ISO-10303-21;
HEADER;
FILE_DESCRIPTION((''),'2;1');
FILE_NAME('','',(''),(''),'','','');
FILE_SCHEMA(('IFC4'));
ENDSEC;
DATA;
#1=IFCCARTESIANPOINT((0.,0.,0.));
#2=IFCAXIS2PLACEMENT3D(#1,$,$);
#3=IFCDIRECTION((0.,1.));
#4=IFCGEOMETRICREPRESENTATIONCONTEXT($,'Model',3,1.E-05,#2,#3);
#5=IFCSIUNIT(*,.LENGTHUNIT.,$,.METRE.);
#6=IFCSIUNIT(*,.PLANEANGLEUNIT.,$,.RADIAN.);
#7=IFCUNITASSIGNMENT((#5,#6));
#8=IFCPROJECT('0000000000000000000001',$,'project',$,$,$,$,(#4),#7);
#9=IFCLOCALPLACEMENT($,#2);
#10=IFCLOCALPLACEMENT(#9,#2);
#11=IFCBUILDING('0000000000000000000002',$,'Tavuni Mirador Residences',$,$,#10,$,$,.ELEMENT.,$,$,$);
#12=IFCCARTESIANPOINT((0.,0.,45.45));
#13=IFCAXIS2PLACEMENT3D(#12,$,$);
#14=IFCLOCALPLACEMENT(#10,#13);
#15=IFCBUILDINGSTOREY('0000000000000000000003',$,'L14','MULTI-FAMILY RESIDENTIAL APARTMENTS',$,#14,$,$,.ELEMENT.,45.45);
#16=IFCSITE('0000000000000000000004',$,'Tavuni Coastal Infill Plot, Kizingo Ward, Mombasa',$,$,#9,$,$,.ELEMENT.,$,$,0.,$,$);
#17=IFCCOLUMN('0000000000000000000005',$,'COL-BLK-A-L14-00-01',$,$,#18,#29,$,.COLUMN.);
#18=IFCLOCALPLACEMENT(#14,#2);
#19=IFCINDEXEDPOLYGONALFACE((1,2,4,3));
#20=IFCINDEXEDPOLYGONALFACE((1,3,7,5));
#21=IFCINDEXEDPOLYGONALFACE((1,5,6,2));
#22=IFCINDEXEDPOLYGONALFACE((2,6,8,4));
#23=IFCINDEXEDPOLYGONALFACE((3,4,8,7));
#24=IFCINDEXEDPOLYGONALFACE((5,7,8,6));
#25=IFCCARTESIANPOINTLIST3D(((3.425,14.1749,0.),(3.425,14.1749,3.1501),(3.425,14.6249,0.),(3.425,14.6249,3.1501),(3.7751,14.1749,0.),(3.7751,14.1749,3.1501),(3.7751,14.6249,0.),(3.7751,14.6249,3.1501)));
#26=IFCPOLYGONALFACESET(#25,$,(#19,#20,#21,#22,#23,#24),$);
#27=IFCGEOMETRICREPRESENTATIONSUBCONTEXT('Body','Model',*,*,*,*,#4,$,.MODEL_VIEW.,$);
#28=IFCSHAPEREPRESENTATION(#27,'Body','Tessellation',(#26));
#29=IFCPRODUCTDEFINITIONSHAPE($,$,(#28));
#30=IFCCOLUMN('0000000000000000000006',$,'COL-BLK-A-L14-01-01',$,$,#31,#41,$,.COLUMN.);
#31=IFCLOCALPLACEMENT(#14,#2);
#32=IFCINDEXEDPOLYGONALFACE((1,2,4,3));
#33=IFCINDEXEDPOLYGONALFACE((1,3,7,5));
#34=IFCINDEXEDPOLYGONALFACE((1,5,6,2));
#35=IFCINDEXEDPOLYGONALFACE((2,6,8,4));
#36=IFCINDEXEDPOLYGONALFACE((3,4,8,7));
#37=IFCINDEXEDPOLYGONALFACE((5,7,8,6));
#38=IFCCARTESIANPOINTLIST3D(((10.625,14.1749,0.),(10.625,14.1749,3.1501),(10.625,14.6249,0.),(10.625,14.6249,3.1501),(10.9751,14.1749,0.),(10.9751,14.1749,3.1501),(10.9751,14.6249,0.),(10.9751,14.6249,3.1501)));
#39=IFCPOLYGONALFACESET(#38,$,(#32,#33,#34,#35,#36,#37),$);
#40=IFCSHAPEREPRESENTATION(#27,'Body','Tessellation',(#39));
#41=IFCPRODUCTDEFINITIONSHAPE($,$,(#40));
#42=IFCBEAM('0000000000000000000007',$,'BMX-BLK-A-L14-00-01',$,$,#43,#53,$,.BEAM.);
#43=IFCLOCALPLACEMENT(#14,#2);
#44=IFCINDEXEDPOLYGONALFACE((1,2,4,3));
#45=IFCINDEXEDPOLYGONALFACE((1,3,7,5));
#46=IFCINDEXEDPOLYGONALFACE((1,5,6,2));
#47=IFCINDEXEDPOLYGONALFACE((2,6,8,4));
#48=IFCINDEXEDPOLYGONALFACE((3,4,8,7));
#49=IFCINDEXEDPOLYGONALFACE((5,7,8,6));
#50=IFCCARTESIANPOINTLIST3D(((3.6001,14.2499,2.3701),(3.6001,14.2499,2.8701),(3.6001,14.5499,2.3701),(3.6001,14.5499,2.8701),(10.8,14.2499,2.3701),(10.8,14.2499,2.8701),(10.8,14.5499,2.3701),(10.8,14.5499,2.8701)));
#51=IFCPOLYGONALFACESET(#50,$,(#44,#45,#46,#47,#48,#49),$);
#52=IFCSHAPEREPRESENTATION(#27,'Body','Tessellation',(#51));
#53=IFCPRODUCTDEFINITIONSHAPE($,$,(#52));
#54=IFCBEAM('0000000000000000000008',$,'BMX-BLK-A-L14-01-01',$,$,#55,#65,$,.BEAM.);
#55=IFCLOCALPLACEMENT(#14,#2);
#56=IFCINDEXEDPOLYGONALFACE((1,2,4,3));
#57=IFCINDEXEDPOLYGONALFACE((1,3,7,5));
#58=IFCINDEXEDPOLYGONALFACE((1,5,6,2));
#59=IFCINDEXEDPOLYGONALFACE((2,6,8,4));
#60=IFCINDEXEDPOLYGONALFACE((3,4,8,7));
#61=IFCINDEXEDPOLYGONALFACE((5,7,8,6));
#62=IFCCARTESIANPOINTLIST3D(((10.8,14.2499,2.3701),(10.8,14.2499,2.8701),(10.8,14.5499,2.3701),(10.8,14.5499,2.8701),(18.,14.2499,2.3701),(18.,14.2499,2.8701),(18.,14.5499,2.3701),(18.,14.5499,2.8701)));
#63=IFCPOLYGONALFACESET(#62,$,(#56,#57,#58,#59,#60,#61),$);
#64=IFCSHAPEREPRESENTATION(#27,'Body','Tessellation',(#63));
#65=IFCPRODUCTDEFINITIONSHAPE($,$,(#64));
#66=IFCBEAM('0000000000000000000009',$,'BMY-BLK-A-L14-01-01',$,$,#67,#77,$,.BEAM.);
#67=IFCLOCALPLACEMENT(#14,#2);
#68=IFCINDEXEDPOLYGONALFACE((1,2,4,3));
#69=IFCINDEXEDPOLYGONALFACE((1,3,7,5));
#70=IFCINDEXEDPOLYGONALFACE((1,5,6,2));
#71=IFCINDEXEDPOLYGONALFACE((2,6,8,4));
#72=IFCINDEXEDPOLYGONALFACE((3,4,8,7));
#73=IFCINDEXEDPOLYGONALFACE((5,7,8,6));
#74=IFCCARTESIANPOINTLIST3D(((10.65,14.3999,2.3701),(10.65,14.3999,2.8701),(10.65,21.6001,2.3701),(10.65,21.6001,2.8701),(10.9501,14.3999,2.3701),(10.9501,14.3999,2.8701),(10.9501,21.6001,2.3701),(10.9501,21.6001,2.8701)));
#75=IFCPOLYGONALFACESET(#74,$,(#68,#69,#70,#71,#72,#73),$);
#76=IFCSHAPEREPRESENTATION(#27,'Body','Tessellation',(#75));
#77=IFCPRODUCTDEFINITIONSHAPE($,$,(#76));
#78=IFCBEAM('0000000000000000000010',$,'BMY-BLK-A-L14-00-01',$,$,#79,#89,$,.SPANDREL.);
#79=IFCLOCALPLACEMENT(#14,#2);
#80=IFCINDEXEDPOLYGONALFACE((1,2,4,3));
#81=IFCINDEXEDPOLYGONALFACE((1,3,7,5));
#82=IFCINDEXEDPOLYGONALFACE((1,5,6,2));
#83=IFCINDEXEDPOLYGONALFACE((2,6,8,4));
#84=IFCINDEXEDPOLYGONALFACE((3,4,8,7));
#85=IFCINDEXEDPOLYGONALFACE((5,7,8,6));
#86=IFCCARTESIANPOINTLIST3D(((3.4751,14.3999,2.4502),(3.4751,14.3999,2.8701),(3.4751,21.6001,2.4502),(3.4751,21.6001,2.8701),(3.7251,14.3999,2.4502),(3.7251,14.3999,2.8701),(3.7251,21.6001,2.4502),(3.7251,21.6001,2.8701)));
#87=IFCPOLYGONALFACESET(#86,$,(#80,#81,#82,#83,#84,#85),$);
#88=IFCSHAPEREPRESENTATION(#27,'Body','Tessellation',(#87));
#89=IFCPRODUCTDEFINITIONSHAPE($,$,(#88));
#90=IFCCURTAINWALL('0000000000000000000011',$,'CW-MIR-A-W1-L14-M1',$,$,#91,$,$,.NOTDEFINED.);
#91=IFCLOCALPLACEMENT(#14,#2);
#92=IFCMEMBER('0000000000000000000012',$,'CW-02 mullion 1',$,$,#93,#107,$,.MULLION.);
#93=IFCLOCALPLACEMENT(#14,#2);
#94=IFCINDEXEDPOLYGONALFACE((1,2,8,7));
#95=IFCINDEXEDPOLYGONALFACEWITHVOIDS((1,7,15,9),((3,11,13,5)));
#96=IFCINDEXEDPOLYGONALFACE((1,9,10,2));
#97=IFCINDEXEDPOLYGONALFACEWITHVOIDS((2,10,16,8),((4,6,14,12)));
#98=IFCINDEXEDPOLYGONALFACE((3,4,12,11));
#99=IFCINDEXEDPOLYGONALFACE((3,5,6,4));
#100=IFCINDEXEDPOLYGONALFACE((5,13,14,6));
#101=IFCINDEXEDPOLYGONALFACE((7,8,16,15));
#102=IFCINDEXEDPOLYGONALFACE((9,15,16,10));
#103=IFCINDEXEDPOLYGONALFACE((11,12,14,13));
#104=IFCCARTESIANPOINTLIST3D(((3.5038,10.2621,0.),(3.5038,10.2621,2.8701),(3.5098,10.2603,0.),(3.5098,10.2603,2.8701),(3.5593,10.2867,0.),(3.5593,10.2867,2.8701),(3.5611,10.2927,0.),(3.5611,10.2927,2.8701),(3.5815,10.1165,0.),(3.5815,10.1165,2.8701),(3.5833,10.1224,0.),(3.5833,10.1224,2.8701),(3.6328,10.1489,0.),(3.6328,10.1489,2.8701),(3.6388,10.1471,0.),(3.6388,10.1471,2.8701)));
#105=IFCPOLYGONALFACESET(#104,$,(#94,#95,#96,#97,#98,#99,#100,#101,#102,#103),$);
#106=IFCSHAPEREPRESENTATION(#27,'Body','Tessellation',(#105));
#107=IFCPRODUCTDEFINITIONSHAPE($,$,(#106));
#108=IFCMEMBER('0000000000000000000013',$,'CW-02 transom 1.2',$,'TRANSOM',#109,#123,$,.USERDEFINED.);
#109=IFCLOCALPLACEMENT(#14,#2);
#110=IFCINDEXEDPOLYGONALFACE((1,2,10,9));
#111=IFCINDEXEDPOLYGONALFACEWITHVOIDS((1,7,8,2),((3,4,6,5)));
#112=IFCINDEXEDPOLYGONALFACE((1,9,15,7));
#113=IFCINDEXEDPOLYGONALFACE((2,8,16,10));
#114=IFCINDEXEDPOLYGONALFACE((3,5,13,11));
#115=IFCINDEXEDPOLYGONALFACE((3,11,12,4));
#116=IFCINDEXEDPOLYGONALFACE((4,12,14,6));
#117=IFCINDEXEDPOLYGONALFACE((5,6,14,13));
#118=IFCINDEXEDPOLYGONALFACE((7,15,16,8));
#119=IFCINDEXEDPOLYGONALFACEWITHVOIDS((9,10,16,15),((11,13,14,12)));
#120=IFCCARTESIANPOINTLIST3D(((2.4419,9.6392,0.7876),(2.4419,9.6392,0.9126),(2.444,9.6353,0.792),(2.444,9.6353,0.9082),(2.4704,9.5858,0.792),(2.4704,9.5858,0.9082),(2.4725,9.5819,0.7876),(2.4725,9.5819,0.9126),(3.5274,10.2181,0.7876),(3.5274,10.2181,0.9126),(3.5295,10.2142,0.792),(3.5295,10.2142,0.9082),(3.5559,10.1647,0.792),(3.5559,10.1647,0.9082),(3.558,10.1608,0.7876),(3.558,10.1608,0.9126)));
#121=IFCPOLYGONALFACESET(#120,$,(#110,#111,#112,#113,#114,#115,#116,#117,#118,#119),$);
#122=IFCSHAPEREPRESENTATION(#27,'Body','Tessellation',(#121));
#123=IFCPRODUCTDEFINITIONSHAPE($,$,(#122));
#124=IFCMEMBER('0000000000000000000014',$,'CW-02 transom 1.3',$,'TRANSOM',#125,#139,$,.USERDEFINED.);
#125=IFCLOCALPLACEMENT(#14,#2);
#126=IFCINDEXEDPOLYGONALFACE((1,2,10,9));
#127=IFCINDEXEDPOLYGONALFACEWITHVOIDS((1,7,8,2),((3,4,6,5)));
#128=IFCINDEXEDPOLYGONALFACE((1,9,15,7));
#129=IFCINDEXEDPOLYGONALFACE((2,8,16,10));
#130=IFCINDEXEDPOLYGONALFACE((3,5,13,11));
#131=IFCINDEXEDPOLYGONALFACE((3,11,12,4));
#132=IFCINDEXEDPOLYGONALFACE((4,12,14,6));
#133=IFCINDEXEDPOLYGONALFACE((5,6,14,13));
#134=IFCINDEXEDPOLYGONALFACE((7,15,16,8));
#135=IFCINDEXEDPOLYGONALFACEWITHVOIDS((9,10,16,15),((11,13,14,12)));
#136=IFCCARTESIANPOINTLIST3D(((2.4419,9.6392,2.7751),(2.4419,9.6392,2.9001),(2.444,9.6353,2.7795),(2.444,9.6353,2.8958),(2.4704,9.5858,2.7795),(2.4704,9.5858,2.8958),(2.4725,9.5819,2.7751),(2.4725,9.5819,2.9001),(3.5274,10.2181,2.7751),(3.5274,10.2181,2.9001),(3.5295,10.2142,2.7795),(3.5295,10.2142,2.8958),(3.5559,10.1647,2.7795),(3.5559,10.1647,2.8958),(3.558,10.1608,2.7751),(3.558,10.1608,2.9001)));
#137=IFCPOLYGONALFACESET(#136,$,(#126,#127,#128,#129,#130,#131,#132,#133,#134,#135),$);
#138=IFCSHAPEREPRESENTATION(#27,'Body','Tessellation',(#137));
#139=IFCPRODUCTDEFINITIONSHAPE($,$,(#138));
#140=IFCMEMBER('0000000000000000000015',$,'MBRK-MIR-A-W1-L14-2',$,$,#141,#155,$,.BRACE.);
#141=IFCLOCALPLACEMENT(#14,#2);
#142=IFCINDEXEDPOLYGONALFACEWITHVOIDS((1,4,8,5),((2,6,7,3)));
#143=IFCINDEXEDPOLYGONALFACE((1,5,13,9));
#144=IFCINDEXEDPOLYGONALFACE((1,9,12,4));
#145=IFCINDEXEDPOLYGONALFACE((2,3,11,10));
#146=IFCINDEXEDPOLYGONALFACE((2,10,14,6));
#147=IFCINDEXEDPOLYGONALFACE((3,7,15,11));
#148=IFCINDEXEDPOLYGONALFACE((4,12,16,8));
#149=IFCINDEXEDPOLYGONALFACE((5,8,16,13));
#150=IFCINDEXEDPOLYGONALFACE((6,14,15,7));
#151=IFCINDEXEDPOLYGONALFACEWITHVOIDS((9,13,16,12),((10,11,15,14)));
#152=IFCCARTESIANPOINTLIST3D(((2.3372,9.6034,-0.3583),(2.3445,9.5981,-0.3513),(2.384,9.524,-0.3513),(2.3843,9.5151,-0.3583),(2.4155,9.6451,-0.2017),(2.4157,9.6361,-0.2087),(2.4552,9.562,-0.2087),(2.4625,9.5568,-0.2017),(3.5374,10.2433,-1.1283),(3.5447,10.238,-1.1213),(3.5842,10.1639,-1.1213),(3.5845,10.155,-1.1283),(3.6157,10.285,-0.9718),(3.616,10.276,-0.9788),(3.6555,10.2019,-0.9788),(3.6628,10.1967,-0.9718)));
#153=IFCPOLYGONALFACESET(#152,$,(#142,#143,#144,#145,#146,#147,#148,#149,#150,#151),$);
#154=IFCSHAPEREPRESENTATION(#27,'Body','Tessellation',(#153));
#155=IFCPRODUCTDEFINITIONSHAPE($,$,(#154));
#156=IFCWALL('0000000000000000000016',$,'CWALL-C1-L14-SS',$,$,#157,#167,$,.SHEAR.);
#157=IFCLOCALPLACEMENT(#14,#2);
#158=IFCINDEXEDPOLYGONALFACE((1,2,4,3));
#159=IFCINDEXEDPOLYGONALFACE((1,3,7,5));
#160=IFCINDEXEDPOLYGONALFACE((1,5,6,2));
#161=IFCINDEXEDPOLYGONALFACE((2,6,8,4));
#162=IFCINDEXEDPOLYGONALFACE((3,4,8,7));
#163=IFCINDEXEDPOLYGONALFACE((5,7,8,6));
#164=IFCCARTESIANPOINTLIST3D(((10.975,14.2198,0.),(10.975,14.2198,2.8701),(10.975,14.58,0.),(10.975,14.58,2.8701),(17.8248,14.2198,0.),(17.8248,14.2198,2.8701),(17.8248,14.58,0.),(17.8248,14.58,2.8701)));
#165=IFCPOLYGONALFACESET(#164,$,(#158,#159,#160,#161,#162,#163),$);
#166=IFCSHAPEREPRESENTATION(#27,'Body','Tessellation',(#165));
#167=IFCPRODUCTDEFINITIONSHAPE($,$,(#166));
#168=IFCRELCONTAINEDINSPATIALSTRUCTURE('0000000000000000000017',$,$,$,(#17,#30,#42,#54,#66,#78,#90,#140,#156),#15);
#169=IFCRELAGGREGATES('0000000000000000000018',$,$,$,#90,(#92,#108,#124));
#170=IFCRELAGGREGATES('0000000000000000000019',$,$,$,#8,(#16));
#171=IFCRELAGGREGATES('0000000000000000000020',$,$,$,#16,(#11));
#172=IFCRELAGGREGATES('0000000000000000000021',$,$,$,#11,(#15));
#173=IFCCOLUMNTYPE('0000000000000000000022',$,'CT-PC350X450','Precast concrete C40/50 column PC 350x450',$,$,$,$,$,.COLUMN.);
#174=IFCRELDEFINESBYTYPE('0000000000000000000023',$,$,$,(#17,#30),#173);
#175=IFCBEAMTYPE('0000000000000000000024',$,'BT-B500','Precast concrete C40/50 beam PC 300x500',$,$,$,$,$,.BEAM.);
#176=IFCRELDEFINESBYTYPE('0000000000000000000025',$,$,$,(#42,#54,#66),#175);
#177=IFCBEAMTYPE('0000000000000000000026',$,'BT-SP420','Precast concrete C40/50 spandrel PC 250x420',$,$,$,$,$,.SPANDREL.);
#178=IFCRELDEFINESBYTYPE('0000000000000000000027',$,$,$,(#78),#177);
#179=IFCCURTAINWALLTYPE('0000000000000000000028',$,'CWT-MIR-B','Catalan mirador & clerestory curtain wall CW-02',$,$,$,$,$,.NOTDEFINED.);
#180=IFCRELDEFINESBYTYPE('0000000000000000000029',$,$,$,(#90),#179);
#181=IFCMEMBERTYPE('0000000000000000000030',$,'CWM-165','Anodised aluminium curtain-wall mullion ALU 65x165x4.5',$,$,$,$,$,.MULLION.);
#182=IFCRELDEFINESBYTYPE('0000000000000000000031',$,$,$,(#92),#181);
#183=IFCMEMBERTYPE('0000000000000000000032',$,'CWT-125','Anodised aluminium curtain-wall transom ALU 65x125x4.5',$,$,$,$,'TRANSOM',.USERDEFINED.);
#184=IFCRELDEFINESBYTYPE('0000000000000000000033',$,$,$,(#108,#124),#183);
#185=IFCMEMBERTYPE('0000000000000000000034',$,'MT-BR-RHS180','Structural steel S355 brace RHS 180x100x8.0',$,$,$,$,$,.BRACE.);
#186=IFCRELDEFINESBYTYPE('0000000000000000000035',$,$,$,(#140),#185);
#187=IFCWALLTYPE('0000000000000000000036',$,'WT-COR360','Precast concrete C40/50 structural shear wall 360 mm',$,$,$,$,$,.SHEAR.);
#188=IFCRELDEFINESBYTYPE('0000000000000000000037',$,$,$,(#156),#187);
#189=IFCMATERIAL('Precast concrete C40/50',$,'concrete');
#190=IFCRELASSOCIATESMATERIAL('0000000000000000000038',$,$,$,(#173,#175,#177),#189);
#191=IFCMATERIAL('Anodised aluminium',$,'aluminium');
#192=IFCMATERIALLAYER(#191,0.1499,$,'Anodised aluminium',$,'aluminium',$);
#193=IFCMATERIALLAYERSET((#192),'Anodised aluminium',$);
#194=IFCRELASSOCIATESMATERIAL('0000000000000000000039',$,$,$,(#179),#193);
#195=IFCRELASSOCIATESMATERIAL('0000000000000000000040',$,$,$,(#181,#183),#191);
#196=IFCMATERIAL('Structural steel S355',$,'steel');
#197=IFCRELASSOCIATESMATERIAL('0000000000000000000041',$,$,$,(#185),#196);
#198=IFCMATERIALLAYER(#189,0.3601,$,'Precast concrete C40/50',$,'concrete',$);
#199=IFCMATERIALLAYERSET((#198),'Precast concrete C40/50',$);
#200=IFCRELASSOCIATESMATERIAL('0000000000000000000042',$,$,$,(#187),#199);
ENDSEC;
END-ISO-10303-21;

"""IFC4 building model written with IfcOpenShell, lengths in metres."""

from ifc_helpers import new_model, si_unit, direction, frame, frame_2d, origin, origin_2d, place, context, subcontext, project, spatial, rectangle, hollow_rectangle, extrude, material, layer, layer_set, material_profile, profile_set, type_object, element, aggregate, save


model = new_model("IFC4")

# Units and contexts
model_context = context("Model", 3, precision=1e-05, world=origin(), true_north=direction((0.0, 1.0)))
body_context = subcontext(model_context, "Body", "Model", "MODEL_VIEW")
ifc_project = project(units=[si_unit("LENGTHUNIT", "METRE"), si_unit("PLANEANGLEUNIT", "RADIAN")], contexts=[model_context])

# Site, building, storey
site_placement = place(None, origin())
site = spatial("IfcSite", under=ifc_project, at=site_placement, Name="Tavuni Coastal Infill Plot, Kizingo Ward, Mombasa", CompositionType="ELEMENT", RefElevation=0.0)
building_placement = place(site_placement, origin())
building = spatial("IfcBuilding", under=site, at=building_placement, Name="Tavuni Mirador Residences", CompositionType="ELEMENT")
storey_placement = place(building_placement, frame((0.0, 0.0, 45.45)))
storey = spatial("IfcBuildingStorey", under=building, at=storey_placement, Name="L14", Description="MULTI-FAMILY RESIDENTIAL APARTMENTS", CompositionType="ELEMENT", Elevation=45.45)

# Columns
ifc_material_1 = material(Name="Precast concrete C40/50", Category="concrete")
ifc_material_profile_1 = material_profile(ifc_material_1, rectangle(XDim=0.3501, YDim=0.45, at=origin_2d()), Name="PC 350x450", Category="concrete")
ifc_profile_set_1 = profile_set([ifc_material_profile_1], Name="Precast concrete C40/50")
column_type = type_object("IfcColumnType", Name="CT-PC350X450", Description="Precast concrete C40/50 column PC 350x450", PredefinedType="COLUMN", material=ifc_profile_set_1)
for number, where, z_axis, x_axis, name in (
    (1, (3.6001, 14.3999, 0.0), (0.0, 0.0, 1.0), (1.0, 0.0, 0.0), "COL-BLK-A-L14-00-01"),
    (2, (10.8, 14.3999, 0.0), (0.0, 0.0, 1.0), (1.0, 0.0, 0.0), "COL-BLK-A-L14-01-01"),
):
    element("IfcColumn", number, at=place(storey_placement, frame(where, z_axis=z_axis, x_axis=x_axis)), inside=storey, type_object=column_type, Name=name, PredefinedType="COLUMN", context=body_context, shape_type="SweptSolid", body=[
        extrude(rectangle(XDim=0.3501, YDim=0.45, at=origin_2d()), origin(), (0.0, 0.0, 1.0), 3.1501),
    ])

# Beams
ifc_material_profile_2 = material_profile(ifc_material_1, rectangle(XDim=0.3, YDim=0.5, at=origin_2d()), Name="PC 300x500", Category="concrete")
ifc_profile_set_2 = profile_set([ifc_material_profile_2], Name="Precast concrete C40/50")
beam_type_1 = type_object("IfcBeamType", Name="BT-B500", Description="Precast concrete C40/50 beam PC 300x500", PredefinedType="BEAM", material=ifc_profile_set_2)
for number, where, z_axis, x_axis, name in (
    (3, (3.6001, 14.3999, 2.6201), (1.0, 0.0, 0.0), (0.0, 1.0, 0.0), "BMX-BLK-A-L14-00-01"),
    (4, (10.8, 14.3999, 2.6201), (1.0, 0.0, 0.0), (0.0, 1.0, 0.0), "BMX-BLK-A-L14-01-01"),
):
    element("IfcBeam", number, at=place(storey_placement, frame(where, z_axis=z_axis, x_axis=x_axis)), inside=storey, type_object=beam_type_1, Name=name, PredefinedType="BEAM", context=body_context, shape_type="SweptSolid", body=[
        extrude(rectangle(XDim=0.3, YDim=0.5, at=origin_2d()), origin(), (0.0, 0.0, 1.0), 7.2),
    ])
beam_1_placement = place(storey_placement, frame((10.8, 14.3999, 2.6201), z_axis=(0.0, 1.0, 0.0), x_axis=(-1.0, 0.0, 0.0)))
element("IfcBeam", 5, at=beam_1_placement, inside=storey, type_object=beam_type_1, Name="BMY-BLK-A-L14-01-01", PredefinedType="BEAM", context=body_context, shape_type="SweptSolid", body=[
    extrude(rectangle(XDim=0.3, YDim=0.5, at=origin_2d()), origin(), (0.0, 0.0, 1.0), 7.2002),
])
ifc_material_profile_3 = material_profile(ifc_material_1, rectangle(XDim=0.25, YDim=0.4199, at=origin_2d()), Name="PC 250x420", Category="concrete")
ifc_profile_set_3 = profile_set([ifc_material_profile_3], Name="Precast concrete C40/50")
beam_type_2 = type_object("IfcBeamType", Name="BT-SP420", Description="Precast concrete C40/50 spandrel PC 250x420", PredefinedType="SPANDREL", material=ifc_profile_set_3)
beam_2_placement = place(storey_placement, frame((3.6001, 14.3999, 2.6602), z_axis=(0.0, 1.0, 0.0), x_axis=(-1.0, 0.0, 0.0)))
element("IfcBeam", 6, at=beam_2_placement, inside=storey, type_object=beam_type_2, Name="BMY-BLK-A-L14-00-01", PredefinedType="SPANDREL", context=body_context, shape_type="SweptSolid", body=[
    extrude(rectangle(XDim=0.25, YDim=0.4199, at=origin_2d()), origin(), (0.0, 0.0, 1.0), 7.2002),
])

# Curtain wall, members
ifc_material_2 = material(Name="Anodised aluminium", Category="aluminium")
ifc_layer_1 = layer(ifc_material_2, 0.1499, Name="Anodised aluminium", Category="aluminium")
ifc_layer_set_1 = layer_set([ifc_layer_1], Name="Anodised aluminium")
curtain_wall_type = type_object("IfcCurtainWallType", Name="CWT-MIR-B", Description="Catalan mirador & clerestory curtain wall CW-02", PredefinedType="NOTDEFINED", material=ifc_layer_set_1)
curtain_wall_placement = place(storey_placement, origin())
curtain_wall = element("IfcCurtainWall", 7, at=curtain_wall_placement, inside=storey, type_object=curtain_wall_type, Name="CW-MIR-A-W1-L14-M1", PredefinedType="NOTDEFINED")
ifc_material_profile_4 = material_profile(ifc_material_2, hollow_rectangle(XDim=0.0649, YDim=0.165, WallThickness=0.0044, at=origin_2d()), Name="ALU 65x165x4.5", Category="aluminium")
ifc_profile_set_4 = profile_set([ifc_material_profile_4], Name="Anodised aluminium")
member_type_1 = type_object("IfcMemberType", Name="CWM-165", Description="Anodised aluminium curtain-wall mullion ALU 65x165x4.5", PredefinedType="MULLION", material=ifc_profile_set_4)
member_1_placement = place(storey_placement, frame((3.5713, 10.2046, 0.0), z_axis=(0.0, 0.0, 1.0), x_axis=(-0.882353, -0.470588, 0.0)))
member_1 = element("IfcMember", 8, at=member_1_placement, type_object=member_type_1, Name="CW-02 mullion 1", PredefinedType="MULLION", context=body_context, shape_type="SweptSolid", body=[
    extrude(hollow_rectangle(XDim=0.0649, YDim=0.165, WallThickness=0.0044, at=origin_2d()), origin(), (0.0, 0.0, 1.0), 2.8701),
])
ifc_material_profile_5 = material_profile(ifc_material_2, hollow_rectangle(XDim=0.0649, YDim=0.125, WallThickness=0.0044, at=origin_2d()), Name="ALU 65x125x4.5", Category="aluminium")
ifc_profile_set_5 = profile_set([ifc_material_profile_5], Name="Anodised aluminium")
member_type_2 = type_object("IfcMemberType", Name="CWT-125", Description="Anodised aluminium curtain-wall transom ALU 65x125x4.5", ElementType="TRANSOM", PredefinedType="USERDEFINED", material=ifc_profile_set_5)
member_2_placement = place(storey_placement, frame((3.5427, 10.1895, 0.8501), z_axis=(-0.882369, -0.470557, 0.0), x_axis=(0.470557, -0.882369, 0.0)))
member_2 = element("IfcMember", 9, at=member_2_placement, type_object=member_type_2, Name="CW-02 transom 1.2", ObjectType="TRANSOM", PredefinedType="USERDEFINED", context=body_context, shape_type="SweptSolid", body=[
    extrude(hollow_rectangle(XDim=0.0649, YDim=0.125, WallThickness=0.0044, at=origin_2d()), origin(), (0.0, 0.0, 1.0), 1.2302),
])
member_3_placement = place(storey_placement, frame((3.5427, 10.1895, 2.8376), z_axis=(-0.882369, -0.470557, 0.0), x_axis=(0.470557, -0.882369, 0.0)))
member_3 = element("IfcMember", 10, at=member_3_placement, type_object=member_type_2, Name="CW-02 transom 1.3", ObjectType="TRANSOM", PredefinedType="USERDEFINED", context=body_context, shape_type="SweptSolid", body=[
    extrude(hollow_rectangle(XDim=0.0649, YDim=0.125, WallThickness=0.0044, at=origin_2d()), origin(), (0.0, 0.0, 1.0), 1.2302),
])
aggregate(curtain_wall, [member_1, member_2, member_3])

# Member
ifc_material_3 = material(Name="Structural steel S355", Category="steel")
ifc_material_profile_6 = material_profile(ifc_material_3, hollow_rectangle(XDim=0.1001, YDim=0.1799, WallThickness=0.0081, at=origin_2d()), Name="RHS 180x100x8.0", Category="steel")
ifc_profile_set_6 = profile_set([ifc_material_profile_6], Name="Structural steel S355")
member_type_3 = type_object("IfcMemberType", Name="MT-BR-RHS180", Description="Structural steel S355 brace RHS 180x100x8.0", PredefinedType="BRACE", material=ifc_profile_set_6)
member_4_placement = place(storey_placement, frame((3.6001, 10.22, -1.05), z_axis=(-0.767896, -0.409409, 0.492666), x_axis=(0.470467, -0.882418, 0.0)))
element("IfcMember", 11, at=member_4_placement, inside=storey, type_object=member_type_3, Name="MBRK-MIR-A-W1-L14-2", PredefinedType="BRACE", context=body_context, shape_type="SweptSolid", body=[
    extrude(hollow_rectangle(XDim=0.1001, YDim=0.1799, WallThickness=0.0081, at=origin_2d()), origin(), (0.0, 0.0, 1.0), 1.563),
])

# Wall
ifc_layer_2 = layer(ifc_material_1, 0.3601, Name="Precast concrete C40/50", Category="concrete")
ifc_layer_set_2 = layer_set([ifc_layer_2], Name="Precast concrete C40/50")
wall_type_1 = type_object("IfcWallType", Name="WT-COR360", Description="Precast concrete C40/50 structural shear wall 360 mm", PredefinedType="SHEAR", material=ifc_layer_set_2)
wall_1_placement = place(storey_placement, frame((10.9751, 14.3999, 0.0), z_axis=(0.0, 0.0, 1.0), x_axis=(1.0, 0.0, 0.0)))
element("IfcWall", 12, at=wall_1_placement, inside=storey, type_object=wall_type_1, Name="CWALL-C1-L14-SS", PredefinedType="SHEAR", context=body_context, shape_type="SweptSolid", body=[
    extrude(rectangle(XDim=6.8499, YDim=0.3601, at=frame_2d((3.4248, 0.0))), origin(), (0.0, 0.0, 1.0), 2.8701),
])

save(model, "model.ifc")
